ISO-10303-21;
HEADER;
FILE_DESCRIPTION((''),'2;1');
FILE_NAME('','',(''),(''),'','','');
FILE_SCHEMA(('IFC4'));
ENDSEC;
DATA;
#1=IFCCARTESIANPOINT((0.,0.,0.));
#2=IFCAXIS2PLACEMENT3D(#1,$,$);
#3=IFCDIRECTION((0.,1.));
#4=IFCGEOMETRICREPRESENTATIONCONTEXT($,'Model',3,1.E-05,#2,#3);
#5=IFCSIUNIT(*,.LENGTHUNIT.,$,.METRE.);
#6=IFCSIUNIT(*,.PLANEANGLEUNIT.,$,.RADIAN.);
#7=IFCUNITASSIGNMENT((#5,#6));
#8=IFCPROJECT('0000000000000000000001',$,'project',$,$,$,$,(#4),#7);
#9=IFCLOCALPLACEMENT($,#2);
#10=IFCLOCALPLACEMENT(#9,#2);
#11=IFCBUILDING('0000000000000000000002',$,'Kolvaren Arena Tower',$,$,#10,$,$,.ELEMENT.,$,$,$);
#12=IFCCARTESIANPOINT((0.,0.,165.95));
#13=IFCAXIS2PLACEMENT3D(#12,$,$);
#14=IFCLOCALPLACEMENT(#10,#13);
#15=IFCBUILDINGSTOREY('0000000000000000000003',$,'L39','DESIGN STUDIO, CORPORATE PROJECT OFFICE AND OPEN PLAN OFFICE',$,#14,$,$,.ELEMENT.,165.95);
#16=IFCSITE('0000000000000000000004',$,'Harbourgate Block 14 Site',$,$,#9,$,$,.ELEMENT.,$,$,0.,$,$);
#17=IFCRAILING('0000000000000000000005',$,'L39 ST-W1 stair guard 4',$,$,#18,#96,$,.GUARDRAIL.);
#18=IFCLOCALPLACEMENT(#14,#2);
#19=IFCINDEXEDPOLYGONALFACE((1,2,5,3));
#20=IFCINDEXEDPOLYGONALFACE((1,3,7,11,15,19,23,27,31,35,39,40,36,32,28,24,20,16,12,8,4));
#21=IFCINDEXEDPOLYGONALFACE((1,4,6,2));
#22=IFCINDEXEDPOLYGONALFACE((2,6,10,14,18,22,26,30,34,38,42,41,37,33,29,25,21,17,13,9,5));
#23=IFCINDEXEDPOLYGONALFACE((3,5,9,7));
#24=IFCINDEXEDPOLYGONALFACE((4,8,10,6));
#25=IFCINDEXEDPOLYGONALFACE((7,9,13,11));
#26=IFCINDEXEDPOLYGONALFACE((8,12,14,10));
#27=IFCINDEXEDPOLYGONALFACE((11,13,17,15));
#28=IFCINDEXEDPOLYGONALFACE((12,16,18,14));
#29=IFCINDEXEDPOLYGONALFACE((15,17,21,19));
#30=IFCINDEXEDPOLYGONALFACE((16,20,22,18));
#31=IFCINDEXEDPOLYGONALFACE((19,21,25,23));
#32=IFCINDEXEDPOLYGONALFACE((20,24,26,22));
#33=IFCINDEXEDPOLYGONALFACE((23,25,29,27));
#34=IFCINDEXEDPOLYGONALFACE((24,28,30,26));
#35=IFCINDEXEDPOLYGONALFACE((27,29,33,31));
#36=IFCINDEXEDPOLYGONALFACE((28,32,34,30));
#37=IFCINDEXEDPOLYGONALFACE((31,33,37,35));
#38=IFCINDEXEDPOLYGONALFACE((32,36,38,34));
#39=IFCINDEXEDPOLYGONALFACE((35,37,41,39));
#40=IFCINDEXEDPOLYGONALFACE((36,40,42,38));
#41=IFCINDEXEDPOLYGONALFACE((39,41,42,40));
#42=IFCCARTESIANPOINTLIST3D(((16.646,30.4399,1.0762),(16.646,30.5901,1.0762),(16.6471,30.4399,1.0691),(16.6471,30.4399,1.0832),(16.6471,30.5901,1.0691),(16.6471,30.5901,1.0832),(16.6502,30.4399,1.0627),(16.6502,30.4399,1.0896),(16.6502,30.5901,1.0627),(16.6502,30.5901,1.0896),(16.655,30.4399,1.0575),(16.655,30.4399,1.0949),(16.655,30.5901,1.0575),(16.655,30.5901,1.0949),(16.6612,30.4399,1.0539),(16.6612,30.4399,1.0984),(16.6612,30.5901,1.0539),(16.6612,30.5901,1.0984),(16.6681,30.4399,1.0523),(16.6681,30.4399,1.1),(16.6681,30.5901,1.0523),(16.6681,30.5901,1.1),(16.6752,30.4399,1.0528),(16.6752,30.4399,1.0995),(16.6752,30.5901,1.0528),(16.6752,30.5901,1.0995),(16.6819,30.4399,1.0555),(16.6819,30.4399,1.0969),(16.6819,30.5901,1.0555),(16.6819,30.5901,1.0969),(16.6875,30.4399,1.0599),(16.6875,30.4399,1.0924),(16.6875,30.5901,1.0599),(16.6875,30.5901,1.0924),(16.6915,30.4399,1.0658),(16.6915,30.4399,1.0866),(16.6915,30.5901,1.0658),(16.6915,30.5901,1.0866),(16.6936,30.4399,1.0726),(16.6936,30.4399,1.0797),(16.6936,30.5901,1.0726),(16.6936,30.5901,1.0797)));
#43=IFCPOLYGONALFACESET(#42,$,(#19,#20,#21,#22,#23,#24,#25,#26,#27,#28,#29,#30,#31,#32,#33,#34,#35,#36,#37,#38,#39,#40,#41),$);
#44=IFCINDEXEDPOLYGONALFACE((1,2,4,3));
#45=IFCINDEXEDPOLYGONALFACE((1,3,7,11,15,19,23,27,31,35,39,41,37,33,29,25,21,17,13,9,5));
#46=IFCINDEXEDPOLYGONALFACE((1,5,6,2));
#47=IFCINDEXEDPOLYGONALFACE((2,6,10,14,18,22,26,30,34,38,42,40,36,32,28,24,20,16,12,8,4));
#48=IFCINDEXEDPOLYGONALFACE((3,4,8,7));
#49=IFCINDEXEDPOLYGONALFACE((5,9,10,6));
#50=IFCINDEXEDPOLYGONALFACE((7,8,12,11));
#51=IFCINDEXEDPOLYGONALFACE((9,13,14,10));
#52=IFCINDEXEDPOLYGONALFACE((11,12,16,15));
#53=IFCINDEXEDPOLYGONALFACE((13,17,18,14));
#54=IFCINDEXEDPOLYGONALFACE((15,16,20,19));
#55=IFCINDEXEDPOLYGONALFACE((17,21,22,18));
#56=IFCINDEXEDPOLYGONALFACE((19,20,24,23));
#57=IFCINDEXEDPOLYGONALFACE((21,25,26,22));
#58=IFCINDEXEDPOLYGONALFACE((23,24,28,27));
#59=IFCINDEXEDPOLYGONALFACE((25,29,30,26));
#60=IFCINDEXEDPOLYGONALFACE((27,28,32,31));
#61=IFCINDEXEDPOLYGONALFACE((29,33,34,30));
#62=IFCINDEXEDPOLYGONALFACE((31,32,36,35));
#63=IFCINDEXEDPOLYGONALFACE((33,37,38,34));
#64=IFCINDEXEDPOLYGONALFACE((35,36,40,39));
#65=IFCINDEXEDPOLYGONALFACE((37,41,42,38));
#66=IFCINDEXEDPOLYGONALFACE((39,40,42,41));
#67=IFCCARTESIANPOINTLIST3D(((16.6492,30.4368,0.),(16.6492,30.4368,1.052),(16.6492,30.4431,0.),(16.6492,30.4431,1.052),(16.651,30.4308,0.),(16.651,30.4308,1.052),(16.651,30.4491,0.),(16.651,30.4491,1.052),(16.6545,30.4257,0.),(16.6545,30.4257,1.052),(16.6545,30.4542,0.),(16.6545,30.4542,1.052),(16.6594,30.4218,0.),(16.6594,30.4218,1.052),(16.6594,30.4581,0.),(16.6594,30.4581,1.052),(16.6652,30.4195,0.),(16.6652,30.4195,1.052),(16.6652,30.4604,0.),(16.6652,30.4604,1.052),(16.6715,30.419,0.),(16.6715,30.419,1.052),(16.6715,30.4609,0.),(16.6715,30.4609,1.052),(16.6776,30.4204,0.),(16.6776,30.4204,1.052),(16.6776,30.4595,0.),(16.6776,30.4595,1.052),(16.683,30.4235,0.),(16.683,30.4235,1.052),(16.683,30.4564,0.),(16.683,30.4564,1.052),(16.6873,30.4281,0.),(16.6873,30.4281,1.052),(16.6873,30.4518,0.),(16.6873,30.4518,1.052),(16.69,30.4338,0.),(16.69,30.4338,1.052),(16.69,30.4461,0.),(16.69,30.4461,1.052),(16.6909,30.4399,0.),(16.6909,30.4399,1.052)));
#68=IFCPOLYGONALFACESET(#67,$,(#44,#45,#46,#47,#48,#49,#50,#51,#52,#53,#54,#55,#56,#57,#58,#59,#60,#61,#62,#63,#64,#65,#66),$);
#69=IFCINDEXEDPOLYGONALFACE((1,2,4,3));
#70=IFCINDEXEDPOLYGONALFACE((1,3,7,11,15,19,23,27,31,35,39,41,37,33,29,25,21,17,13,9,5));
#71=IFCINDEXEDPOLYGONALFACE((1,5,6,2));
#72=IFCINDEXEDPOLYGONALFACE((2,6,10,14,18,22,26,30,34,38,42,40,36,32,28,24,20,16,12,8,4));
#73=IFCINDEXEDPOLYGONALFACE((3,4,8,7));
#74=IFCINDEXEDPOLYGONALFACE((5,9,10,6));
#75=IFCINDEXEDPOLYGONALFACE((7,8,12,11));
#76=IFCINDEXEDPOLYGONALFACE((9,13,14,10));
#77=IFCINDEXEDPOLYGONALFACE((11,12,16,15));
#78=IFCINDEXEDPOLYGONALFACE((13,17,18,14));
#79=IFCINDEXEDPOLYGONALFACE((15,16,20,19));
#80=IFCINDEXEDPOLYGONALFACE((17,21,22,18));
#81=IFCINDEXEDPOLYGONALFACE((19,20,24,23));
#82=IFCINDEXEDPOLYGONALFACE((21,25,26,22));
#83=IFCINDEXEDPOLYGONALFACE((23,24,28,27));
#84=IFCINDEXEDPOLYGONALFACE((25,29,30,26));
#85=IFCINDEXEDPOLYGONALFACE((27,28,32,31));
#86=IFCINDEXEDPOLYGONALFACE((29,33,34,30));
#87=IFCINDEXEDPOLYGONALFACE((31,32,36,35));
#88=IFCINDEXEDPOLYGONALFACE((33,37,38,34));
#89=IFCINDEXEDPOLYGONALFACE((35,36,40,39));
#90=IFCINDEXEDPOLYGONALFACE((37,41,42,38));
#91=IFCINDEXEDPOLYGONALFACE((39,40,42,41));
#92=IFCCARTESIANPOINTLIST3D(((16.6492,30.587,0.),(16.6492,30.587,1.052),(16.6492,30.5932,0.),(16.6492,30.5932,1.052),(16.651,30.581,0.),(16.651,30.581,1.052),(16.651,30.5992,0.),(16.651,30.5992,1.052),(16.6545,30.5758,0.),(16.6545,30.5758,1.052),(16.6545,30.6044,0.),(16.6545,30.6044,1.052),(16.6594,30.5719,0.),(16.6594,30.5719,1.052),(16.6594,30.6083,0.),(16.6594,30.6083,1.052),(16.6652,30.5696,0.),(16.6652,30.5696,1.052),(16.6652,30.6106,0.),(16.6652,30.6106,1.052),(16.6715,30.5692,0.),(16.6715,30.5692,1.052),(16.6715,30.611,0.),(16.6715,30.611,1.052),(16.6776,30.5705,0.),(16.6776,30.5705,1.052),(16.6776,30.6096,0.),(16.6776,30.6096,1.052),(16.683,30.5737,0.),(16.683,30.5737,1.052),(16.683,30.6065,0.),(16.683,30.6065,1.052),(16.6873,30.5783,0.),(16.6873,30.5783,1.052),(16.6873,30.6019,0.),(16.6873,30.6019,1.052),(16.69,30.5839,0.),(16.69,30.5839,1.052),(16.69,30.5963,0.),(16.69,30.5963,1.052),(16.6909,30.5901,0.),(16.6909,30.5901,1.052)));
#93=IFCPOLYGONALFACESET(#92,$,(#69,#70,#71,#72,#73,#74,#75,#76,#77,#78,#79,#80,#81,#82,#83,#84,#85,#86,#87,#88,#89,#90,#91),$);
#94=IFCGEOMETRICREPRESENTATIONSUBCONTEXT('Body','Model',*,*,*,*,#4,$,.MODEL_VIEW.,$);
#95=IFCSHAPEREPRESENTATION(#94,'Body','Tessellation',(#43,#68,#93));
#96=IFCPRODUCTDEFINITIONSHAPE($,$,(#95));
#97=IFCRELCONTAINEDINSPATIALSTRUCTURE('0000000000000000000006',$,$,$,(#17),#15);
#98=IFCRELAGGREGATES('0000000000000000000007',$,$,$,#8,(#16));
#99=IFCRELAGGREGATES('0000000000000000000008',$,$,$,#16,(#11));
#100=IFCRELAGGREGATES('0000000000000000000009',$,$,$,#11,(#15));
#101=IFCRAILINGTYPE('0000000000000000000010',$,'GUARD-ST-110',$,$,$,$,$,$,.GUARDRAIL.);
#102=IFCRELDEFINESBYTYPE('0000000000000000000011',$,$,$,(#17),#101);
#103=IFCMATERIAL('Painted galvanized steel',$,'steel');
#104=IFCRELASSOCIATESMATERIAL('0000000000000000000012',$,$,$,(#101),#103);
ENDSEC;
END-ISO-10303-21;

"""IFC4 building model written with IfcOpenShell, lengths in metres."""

from ifc_helpers import new_model, si_unit, direction, frame, origin, origin_2d, place, context, subcontext, project, spatial, circle, extrude, material, type_object, element, save


model = new_model("IFC4")

# Units and contexts
model_context = context("Model", 3, precision=1e-05, world=origin(), true_north=direction((0.0, 1.0)))
body_context = subcontext(model_context, "Body", "Model", "MODEL_VIEW")
ifc_project = project(units=[si_unit("LENGTHUNIT", "METRE"), si_unit("PLANEANGLEUNIT", "RADIAN")], contexts=[model_context])

# Site, building, storey
site_placement = place(None, origin())
site = spatial("IfcSite", under=ifc_project, at=site_placement, Name="Harbourgate Block 14 Site", CompositionType="ELEMENT", RefElevation=0.0)
building_placement = place(site_placement, origin())
building = spatial("IfcBuilding", under=site, at=building_placement, Name="Kolvaren Arena Tower", CompositionType="ELEMENT")
storey_placement = place(building_placement, frame((0.0, 0.0, 165.95)))
storey = spatial("IfcBuildingStorey", under=building, at=storey_placement, Name="L39", Description="DESIGN STUDIO, CORPORATE PROJECT OFFICE AND OPEN PLAN OFFICE", CompositionType="ELEMENT", Elevation=165.95)

# Railing
ifc_material_1 = material(Name="Painted galvanized steel", Category="steel")
railing_type_1 = type_object("IfcRailingType", Name="GUARD-ST-110", PredefinedType="GUARDRAIL", material=ifc_material_1)
railing_1_placement = place(storey_placement, frame((16.6699, 30.4399, 0.0)))
element("IfcRailing", 1, at=railing_1_placement, inside=storey, type_object=railing_type_1, Name="L39 ST-W1 stair guard 4", PredefinedType="GUARDRAIL", context=body_context, shape_type="SweptSolid", body=[
    extrude(circle(Radius=0.0239, at=origin_2d()), frame((0.0, 0.0, 1.0762), z_axis=(0.0, 1.0, 0.0), x_axis=(-1.0, 0.0, 0.0)), (0.0, 0.0, 1.0), 0.1501),
    extrude(circle(Radius=0.021, at=origin_2d()), origin(), (0.0, 0.0, 1.0), 1.052),
    extrude(circle(Radius=0.021, at=origin_2d()), frame((0.0, 0.1501, 0.0)), (0.0, 0.0, 1.0), 1.052),
])

save(model, "model.ifc")
